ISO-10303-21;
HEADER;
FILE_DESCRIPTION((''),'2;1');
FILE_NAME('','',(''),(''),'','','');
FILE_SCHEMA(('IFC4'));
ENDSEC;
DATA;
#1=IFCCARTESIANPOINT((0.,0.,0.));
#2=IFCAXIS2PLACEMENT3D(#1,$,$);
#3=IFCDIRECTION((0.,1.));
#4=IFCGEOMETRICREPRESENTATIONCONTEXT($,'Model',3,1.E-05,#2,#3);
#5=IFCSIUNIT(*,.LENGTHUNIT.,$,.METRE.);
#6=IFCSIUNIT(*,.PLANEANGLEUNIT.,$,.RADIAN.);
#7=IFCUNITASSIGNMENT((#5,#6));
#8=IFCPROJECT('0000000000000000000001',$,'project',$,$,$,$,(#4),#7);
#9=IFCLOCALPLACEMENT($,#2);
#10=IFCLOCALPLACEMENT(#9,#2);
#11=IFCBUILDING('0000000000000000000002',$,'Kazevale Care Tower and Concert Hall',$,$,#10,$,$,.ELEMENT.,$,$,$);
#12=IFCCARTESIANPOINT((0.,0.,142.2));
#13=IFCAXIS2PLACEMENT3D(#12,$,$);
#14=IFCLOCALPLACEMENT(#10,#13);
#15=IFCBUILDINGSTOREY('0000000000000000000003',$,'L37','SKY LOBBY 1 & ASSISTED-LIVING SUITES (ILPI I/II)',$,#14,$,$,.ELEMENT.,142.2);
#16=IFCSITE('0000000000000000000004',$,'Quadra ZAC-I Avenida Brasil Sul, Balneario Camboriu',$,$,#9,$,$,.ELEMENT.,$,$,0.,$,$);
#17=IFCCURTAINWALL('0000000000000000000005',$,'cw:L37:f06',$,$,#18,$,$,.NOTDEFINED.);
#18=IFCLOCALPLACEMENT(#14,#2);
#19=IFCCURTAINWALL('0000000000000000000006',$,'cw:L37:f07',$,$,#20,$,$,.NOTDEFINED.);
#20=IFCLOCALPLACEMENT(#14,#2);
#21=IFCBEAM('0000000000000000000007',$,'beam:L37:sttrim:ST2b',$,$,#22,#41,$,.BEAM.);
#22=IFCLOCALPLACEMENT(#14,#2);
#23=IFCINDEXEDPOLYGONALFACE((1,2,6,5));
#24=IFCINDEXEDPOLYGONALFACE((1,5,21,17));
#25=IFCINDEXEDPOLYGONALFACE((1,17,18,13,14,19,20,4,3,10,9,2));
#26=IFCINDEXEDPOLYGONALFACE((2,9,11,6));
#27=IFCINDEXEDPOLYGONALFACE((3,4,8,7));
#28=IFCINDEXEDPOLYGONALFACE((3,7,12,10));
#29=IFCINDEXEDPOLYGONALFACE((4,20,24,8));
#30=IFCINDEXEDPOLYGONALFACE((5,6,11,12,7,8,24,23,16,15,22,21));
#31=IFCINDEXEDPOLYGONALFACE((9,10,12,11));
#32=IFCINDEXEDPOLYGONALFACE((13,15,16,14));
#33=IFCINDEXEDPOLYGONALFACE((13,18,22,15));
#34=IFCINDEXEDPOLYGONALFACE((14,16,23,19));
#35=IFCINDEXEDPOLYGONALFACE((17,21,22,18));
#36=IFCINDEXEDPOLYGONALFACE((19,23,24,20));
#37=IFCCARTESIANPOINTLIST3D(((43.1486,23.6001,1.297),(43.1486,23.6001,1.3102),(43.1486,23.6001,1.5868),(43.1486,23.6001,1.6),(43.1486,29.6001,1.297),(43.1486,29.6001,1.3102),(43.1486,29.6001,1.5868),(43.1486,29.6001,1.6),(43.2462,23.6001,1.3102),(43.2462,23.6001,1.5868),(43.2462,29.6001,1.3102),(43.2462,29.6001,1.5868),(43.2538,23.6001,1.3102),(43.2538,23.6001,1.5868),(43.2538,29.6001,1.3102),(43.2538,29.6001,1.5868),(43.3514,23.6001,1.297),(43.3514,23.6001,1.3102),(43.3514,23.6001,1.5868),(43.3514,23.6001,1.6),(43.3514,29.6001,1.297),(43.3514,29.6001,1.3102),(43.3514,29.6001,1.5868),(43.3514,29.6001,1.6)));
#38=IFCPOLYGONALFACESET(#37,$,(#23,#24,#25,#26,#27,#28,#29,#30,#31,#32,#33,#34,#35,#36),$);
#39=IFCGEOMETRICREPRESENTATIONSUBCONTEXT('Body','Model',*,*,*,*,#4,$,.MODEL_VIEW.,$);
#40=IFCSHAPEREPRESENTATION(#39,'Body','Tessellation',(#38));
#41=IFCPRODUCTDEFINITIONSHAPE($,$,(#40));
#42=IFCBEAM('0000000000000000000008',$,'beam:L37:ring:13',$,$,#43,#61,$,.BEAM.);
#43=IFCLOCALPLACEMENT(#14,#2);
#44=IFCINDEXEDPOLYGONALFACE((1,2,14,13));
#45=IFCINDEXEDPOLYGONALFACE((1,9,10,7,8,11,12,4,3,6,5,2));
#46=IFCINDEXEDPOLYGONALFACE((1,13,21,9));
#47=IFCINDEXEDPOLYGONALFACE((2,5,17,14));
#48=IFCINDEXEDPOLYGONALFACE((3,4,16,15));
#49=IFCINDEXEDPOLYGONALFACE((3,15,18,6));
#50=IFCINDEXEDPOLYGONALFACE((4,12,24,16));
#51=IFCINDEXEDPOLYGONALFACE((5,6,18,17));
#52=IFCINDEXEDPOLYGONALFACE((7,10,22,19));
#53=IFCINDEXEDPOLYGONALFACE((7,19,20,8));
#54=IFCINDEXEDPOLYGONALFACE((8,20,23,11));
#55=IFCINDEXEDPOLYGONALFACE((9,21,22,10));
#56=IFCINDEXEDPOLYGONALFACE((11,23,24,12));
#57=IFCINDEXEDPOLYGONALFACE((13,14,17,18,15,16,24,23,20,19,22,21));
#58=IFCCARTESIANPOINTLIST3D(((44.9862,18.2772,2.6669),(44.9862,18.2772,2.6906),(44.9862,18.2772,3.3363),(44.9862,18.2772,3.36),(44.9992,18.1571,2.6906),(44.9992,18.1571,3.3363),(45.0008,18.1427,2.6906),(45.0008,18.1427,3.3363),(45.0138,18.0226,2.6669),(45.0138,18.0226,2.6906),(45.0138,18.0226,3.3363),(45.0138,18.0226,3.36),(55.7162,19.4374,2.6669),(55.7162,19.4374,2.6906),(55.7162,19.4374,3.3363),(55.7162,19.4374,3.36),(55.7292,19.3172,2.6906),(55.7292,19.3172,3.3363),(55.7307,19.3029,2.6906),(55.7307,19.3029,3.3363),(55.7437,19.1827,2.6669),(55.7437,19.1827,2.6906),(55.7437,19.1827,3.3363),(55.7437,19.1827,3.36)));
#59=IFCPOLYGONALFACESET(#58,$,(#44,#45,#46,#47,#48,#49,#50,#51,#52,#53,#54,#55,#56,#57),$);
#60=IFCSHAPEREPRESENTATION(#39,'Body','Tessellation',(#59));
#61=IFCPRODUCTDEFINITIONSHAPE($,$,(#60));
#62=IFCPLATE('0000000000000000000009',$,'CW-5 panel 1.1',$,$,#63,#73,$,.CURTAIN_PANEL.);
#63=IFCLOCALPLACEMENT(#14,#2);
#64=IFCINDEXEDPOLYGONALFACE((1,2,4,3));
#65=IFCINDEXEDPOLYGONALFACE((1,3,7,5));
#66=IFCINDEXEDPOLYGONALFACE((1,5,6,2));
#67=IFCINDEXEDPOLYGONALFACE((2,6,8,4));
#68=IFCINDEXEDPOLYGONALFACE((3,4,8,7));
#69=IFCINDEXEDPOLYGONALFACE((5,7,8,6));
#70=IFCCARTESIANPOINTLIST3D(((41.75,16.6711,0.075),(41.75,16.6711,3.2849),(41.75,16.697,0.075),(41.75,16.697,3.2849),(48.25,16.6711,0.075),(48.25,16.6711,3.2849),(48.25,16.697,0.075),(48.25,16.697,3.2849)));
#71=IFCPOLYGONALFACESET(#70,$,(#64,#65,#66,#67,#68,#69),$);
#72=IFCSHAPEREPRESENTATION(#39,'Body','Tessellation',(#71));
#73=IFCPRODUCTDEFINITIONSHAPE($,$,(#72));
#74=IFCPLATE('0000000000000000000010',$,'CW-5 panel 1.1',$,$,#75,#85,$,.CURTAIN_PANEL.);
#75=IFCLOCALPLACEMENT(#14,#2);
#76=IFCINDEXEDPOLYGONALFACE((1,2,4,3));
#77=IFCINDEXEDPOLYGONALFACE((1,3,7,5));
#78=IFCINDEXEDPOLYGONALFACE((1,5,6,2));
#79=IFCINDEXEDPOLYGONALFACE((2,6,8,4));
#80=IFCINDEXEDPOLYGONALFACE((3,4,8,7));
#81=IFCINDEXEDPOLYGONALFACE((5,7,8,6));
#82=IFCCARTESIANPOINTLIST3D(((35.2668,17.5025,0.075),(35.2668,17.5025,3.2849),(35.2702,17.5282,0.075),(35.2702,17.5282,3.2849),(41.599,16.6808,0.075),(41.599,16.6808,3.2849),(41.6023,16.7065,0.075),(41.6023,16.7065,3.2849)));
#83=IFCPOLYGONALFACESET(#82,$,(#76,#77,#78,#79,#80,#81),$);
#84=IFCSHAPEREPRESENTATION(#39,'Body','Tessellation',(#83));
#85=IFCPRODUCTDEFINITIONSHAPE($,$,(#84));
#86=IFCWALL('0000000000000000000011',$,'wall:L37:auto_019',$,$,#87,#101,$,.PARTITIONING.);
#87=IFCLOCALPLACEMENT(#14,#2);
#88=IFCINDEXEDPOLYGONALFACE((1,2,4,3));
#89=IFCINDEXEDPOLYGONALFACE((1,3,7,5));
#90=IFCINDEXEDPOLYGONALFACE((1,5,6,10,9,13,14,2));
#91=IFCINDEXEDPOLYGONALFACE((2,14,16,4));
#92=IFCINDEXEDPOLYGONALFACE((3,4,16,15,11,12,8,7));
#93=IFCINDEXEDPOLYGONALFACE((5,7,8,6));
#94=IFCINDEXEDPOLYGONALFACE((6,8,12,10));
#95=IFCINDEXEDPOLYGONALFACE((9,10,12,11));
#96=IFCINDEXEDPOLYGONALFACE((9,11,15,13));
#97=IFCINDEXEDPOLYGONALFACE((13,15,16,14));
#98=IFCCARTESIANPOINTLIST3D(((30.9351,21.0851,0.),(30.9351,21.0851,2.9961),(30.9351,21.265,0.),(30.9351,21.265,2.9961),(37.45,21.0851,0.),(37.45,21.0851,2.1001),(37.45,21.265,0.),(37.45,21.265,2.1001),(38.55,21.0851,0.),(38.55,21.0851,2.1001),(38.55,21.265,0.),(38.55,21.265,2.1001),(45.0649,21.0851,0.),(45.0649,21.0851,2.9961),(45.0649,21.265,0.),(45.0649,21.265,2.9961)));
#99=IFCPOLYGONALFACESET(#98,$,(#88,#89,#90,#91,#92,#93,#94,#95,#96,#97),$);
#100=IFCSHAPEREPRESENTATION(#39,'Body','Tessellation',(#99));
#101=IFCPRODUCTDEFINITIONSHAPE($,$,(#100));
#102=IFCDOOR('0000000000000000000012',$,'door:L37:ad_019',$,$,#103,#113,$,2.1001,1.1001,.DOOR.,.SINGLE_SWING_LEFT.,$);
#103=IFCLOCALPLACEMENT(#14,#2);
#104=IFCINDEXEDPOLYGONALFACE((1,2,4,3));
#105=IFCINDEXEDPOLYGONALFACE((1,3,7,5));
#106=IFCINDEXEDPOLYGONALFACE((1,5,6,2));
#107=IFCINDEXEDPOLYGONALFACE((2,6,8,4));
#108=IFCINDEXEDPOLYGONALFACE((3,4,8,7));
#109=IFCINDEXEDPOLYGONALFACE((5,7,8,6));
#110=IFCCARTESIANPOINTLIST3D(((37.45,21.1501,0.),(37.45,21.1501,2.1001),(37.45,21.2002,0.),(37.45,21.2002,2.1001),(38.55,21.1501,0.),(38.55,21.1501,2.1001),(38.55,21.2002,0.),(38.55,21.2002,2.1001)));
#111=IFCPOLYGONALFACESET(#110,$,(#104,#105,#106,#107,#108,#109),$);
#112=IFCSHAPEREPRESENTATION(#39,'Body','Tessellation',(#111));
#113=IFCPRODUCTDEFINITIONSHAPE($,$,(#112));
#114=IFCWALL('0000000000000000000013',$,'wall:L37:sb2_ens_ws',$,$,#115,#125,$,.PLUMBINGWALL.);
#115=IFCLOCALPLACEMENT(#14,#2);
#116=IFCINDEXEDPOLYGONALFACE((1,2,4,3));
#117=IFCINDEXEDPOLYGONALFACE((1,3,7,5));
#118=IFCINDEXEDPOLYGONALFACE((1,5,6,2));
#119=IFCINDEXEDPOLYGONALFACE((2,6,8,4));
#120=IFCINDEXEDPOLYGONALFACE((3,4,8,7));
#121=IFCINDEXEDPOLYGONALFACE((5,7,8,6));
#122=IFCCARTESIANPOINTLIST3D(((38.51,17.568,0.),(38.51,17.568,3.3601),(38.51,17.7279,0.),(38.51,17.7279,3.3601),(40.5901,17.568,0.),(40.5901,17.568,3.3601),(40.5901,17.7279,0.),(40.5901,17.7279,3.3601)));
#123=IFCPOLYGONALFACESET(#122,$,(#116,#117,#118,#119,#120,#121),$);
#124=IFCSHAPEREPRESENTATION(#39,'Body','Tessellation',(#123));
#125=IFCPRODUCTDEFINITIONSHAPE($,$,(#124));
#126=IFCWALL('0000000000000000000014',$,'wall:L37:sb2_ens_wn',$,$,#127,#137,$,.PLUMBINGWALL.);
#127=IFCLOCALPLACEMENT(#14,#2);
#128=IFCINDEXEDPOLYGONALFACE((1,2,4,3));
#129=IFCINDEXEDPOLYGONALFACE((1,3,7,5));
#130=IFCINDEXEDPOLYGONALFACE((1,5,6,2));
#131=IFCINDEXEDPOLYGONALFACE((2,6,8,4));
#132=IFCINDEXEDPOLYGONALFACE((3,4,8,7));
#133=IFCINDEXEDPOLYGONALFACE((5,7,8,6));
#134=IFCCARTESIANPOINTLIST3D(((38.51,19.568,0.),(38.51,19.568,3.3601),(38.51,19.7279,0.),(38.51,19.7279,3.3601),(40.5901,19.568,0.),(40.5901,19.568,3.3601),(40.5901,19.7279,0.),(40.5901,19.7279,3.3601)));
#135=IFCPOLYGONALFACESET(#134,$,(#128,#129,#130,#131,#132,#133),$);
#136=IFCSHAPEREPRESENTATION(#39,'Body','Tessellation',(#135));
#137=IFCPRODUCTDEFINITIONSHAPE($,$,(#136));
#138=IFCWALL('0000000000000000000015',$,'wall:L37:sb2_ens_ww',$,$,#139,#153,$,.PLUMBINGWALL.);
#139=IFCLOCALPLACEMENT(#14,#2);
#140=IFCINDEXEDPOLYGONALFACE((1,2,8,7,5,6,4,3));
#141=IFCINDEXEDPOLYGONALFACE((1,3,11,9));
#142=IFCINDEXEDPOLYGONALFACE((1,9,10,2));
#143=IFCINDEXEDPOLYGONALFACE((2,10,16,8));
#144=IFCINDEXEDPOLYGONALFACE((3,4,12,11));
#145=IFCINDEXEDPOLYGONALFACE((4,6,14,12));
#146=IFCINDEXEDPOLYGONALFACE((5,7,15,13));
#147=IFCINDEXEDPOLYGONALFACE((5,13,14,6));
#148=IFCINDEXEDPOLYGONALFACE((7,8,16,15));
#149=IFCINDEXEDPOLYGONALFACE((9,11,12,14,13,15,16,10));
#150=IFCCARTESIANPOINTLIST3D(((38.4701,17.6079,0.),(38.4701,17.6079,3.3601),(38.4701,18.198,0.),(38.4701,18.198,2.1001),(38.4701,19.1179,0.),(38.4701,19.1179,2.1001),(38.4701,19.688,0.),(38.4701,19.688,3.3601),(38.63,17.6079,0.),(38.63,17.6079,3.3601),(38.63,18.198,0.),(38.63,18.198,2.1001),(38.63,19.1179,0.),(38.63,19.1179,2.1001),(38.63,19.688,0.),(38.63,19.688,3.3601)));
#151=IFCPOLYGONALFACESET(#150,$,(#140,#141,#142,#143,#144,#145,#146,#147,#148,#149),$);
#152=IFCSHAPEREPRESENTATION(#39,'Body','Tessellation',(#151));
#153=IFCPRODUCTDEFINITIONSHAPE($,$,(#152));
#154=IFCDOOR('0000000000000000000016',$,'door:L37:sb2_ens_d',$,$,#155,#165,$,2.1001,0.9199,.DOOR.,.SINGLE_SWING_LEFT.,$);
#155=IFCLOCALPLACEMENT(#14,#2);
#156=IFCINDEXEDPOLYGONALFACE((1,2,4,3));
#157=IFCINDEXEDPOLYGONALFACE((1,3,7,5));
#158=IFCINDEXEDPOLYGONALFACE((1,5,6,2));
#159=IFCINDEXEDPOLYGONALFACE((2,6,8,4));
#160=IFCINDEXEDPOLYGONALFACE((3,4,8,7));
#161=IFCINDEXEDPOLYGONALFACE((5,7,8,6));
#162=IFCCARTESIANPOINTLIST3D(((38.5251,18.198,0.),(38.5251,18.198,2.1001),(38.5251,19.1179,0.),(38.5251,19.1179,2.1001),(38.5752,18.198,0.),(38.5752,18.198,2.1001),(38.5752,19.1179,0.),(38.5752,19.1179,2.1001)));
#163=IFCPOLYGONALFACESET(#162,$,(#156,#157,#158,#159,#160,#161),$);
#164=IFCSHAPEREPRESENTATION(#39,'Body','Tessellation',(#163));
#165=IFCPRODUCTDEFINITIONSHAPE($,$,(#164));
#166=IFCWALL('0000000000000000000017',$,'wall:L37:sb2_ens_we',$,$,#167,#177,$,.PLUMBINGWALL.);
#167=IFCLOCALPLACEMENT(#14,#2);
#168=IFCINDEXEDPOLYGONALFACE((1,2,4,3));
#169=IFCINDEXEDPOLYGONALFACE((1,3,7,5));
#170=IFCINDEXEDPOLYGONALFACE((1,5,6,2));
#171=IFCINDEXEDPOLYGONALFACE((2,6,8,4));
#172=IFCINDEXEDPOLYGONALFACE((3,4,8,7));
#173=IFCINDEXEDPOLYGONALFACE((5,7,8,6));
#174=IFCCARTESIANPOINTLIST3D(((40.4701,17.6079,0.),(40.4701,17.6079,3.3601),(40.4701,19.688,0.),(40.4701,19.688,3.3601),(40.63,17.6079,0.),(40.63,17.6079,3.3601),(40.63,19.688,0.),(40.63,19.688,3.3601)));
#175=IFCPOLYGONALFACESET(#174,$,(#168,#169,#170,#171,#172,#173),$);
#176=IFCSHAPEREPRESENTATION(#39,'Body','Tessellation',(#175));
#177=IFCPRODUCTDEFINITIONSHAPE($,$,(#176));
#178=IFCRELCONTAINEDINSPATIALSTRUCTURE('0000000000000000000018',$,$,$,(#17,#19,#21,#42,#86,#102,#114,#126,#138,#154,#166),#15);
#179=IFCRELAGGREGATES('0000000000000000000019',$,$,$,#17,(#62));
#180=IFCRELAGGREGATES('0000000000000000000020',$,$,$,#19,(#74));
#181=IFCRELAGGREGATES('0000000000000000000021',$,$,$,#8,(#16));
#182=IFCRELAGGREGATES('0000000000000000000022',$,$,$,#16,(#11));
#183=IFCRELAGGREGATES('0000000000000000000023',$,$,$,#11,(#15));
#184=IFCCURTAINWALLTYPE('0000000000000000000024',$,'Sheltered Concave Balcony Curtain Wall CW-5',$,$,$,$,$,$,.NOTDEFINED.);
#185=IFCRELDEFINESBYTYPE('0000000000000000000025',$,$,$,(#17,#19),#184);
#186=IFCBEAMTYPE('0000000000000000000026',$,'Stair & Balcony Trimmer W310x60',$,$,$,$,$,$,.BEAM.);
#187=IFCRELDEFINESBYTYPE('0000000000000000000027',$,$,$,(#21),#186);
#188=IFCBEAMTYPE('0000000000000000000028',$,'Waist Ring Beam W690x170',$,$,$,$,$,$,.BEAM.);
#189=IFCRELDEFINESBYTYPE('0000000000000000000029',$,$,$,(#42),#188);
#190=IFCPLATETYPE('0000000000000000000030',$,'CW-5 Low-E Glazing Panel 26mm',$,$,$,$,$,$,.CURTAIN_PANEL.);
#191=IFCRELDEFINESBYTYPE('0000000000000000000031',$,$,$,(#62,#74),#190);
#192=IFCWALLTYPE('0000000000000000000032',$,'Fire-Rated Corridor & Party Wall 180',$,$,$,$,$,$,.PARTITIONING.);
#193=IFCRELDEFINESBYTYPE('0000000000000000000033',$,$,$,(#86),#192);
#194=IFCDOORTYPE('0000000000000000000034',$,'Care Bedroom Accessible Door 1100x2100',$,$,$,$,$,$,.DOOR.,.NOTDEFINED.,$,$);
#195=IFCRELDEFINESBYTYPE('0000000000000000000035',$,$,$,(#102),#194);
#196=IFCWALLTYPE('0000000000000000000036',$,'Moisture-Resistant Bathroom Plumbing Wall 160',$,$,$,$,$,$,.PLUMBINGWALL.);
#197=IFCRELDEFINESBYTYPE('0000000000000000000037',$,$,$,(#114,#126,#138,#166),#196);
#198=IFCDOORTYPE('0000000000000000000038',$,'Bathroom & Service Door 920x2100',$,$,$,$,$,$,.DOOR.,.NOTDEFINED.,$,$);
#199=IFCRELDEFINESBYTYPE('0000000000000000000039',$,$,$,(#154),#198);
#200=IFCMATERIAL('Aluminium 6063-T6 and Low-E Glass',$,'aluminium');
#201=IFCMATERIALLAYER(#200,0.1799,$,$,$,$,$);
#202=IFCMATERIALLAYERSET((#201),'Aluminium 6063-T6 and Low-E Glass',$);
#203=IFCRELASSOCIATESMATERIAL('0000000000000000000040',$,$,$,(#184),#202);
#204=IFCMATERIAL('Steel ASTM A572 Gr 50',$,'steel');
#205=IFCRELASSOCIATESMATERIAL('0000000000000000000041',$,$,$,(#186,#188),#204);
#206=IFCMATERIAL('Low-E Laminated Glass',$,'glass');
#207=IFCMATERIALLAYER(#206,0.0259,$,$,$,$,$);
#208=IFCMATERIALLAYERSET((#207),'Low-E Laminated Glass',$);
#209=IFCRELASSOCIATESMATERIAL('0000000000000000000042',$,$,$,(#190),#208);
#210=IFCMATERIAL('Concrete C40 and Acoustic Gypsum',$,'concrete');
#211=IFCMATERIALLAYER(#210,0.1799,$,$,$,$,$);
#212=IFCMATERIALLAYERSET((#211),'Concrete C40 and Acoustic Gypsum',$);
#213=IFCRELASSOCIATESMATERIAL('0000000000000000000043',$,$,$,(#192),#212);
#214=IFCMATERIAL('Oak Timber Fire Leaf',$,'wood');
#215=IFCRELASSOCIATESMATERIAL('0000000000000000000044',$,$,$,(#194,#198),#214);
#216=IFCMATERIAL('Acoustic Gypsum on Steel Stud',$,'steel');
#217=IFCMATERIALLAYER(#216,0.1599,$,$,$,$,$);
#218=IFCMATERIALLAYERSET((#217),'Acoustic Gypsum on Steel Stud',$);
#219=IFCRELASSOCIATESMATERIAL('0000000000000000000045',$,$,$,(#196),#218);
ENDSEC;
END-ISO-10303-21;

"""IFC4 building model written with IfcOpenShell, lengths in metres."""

from ifc_helpers import new_model, si_unit, direction, frame, frame_2d, origin, origin_2d, place, context, subcontext, project, spatial, rectangle, i_section, extrude, material, layer, layer_set, material_profile, profile_set, type_object, element, fill, aggregate, save


model = new_model("IFC4")

# Units and contexts
model_context = context("Model", 3, precision=1e-05, world=origin(), true_north=direction((0.0, 1.0)))
body_context = subcontext(model_context, "Body", "Model", "MODEL_VIEW")
ifc_project = project(units=[si_unit("LENGTHUNIT", "METRE"), si_unit("PLANEANGLEUNIT", "RADIAN")], contexts=[model_context])

# Site, building, storey
site_placement = place(None, origin())
site = spatial("IfcSite", under=ifc_project, at=site_placement, Name="Quadra ZAC-I Avenida Brasil Sul, Balneario Camboriu", CompositionType="ELEMENT", RefElevation=0.0)
building_placement = place(site_placement, origin())
building = spatial("IfcBuilding", under=site, at=building_placement, Name="Kazevale Care Tower and Concert Hall", CompositionType="ELEMENT")
storey_placement = place(building_placement, frame((0.0, 0.0, 142.2)))
storey = spatial("IfcBuildingStorey", under=building, at=storey_placement, Name="L37", Description="SKY LOBBY 1 & ASSISTED-LIVING SUITES (ILPI I/II)", CompositionType="ELEMENT", Elevation=142.2)

# Curtain wall
ifc_material_1 = material(Name="Aluminium 6063-T6 and Low-E Glass", Category="aluminium")
ifc_layer_1 = layer(ifc_material_1, 0.1799)
ifc_layer_set_1 = layer_set([ifc_layer_1], Name="Aluminium 6063-T6 and Low-E Glass")
curtain_wall_type = type_object("IfcCurtainWallType", Name="Sheltered Concave Balcony Curtain Wall CW-5", PredefinedType="NOTDEFINED", material=ifc_layer_set_1)
curtain_wall_1_placement = place(storey_placement, origin())
curtain_wall_1 = element("IfcCurtainWall", 1, at=curtain_wall_1_placement, inside=storey, type_object=curtain_wall_type, Name="cw:L37:f06", PredefinedType="NOTDEFINED")

# Curtain wall
curtain_wall_2_placement = place(storey_placement, origin())
curtain_wall_2 = element("IfcCurtainWall", 2, at=curtain_wall_2_placement, inside=storey, type_object=curtain_wall_type, Name="cw:L37:f07", PredefinedType="NOTDEFINED")

# Beams
ifc_material_2 = material(Name="Steel ASTM A572 Gr 50", Category="steel")
ifc_material_profile_1 = material_profile(ifc_material_2, i_section(OverallWidth=0.2029, OverallDepth=0.303, WebThickness=0.0076, FlangeThickness=0.0132, at=origin_2d()), Name="W310x60")
ifc_profile_set_1 = profile_set([ifc_material_profile_1], Name="Steel ASTM A572 Gr 50")
beam_type_1 = type_object("IfcBeamType", Name="Stair & Balcony Trimmer W310x60", PredefinedType="BEAM", material=ifc_profile_set_1)
for number, where, z_axis, x_axis, name in (
    (3, (43.25, 23.6001, 1.4485), (0.0, 1.0, 0.0), (-1.0, 0.0, 0.0), "beam:L37:sttrim:ST2b"),
):
    element("IfcBeam", number, at=place(storey_placement, frame(where, z_axis=z_axis, x_axis=x_axis)), inside=storey, type_object=beam_type_1, Name=name, PredefinedType="BEAM", context=body_context, shape_type="SweptSolid", body=[
        extrude(i_section(OverallWidth=0.2029, OverallDepth=0.303, WebThickness=0.0076, FlangeThickness=0.0132, at=origin_2d()), origin(), (0.0, 0.0, 1.0), 6.0),
    ])
ifc_material_profile_2 = material_profile(ifc_material_2, i_section(OverallWidth=0.2561, OverallDepth=0.6931, WebThickness=0.0144, FlangeThickness=0.0237, at=origin_2d()), Name="W690x170")
ifc_profile_set_2 = profile_set([ifc_material_profile_2], Name="Steel ASTM A572 Gr 50")
beam_type_2 = type_object("IfcBeamType", Name="Waist Ring Beam W690x170", PredefinedType="BEAM", material=ifc_profile_set_2)
beam_1_placement = place(storey_placement, frame((45.0, 18.1499, 3.0134), z_axis=(0.994205, 0.107496, 0.0), x_axis=(-0.107496, 0.994205, 0.0)))
element("IfcBeam", 4, at=beam_1_placement, inside=storey, type_object=beam_type_2, Name="beam:L37:ring:13", PredefinedType="BEAM", context=body_context, shape_type="SweptSolid", body=[
    extrude(i_section(OverallWidth=0.2561, OverallDepth=0.6931, WebThickness=0.0144, FlangeThickness=0.0237, at=origin_2d()), origin(), (0.0, 0.0, 1.0), 10.7925),
])

# Plates
ifc_material_3 = material(Name="Low-E Laminated Glass", Category="glass")
ifc_layer_2 = layer(ifc_material_3, 0.0259)
ifc_layer_set_2 = layer_set([ifc_layer_2], Name="Low-E Laminated Glass")
plate_type = type_object("IfcPlateType", Name="CW-5 Low-E Glazing Panel 26mm", PredefinedType="CURTAIN_PANEL", material=ifc_layer_set_2)
plate_1_placement = place(storey_placement, frame((45.0, 16.6841, 0.075), z_axis=(0.0, 0.0, 1.0), x_axis=(-1.0, 0.0, 0.0)))
plate_1 = element("IfcPlate", 5, at=plate_1_placement, type_object=plate_type, Name="CW-5 panel 1.1", PredefinedType="CURTAIN_PANEL", context=body_context, shape_type="SweptSolid", body=[
    extrude(rectangle(XDim=6.5, YDim=0.0259, at=origin_2d()), origin(), (0.0, 0.0, 1.0), 3.21),
])
aggregate(curtain_wall_1, [plate_1])
plate_2_placement = place(storey_placement, frame((38.4346, 17.1045, 0.075), z_axis=(0.0, 0.0, 1.0), x_axis=(-0.991686, 0.128685, 0.0)))
plate_2 = element("IfcPlate", 6, at=plate_2_placement, type_object=plate_type, Name="CW-5 panel 1.1", PredefinedType="CURTAIN_PANEL", context=body_context, shape_type="SweptSolid", body=[
    extrude(rectangle(XDim=6.3853, YDim=0.0259, at=origin_2d()), origin(), (0.0, 0.0, 1.0), 3.21),
])
aggregate(curtain_wall_2, [plate_2])

# Wall, opening, door
ifc_material_4 = material(Name="Concrete C40 and Acoustic Gypsum", Category="concrete")
ifc_layer_3 = layer(ifc_material_4, 0.1799)
ifc_layer_set_3 = layer_set([ifc_layer_3], Name="Concrete C40 and Acoustic Gypsum")
wall_type_1 = type_object("IfcWallType", Name="Fire-Rated Corridor & Party Wall 180", PredefinedType="PARTITIONING", material=ifc_layer_set_3)
wall_1_placement = place(storey_placement, frame((45.0649, 21.175, 0.0), z_axis=(0.0, 0.0, 1.0), x_axis=(-1.0, 0.0, 0.0)))
wall_1 = element("IfcWall", 7, at=wall_1_placement, inside=storey, type_object=wall_type_1, Name="wall:L37:auto_019", PredefinedType="PARTITIONING", context=body_context, shape_type="SweptSolid", body=[
    extrude(rectangle(XDim=14.1299, YDim=0.1799, at=frame_2d((7.0649, 0.0))), origin(), (0.0, 0.0, 1.0), 2.9961),
])
opening_1_placement = place(wall_1_placement, frame((6.5149, 0.0, 0.0)))
opening_1 = element("IfcOpeningElement", 8, at=opening_1_placement, cuts=wall_1, PredefinedType="OPENING", context=body_context, shape_type="SweptSolid", body=[
    extrude(rectangle(XDim=1.1001, YDim=2.1001, at=frame_2d((0.55, 1.05))), frame((0.0, 0.0999, 0.0), z_axis=(0.0, -1.0, 0.0), x_axis=(1.0, 0.0, 0.0)), (0.0, 0.0, 1.0), 0.2),
])
ifc_material_5 = material(Name="Oak Timber Fire Leaf", Category="wood")
door_type_1 = type_object("IfcDoorType", Name="Care Bedroom Accessible Door 1100x2100", OperationType="NOTDEFINED", PredefinedType="DOOR", material=ifc_material_5)
door_1_placement = place(opening_1_placement, origin())
door_1 = element("IfcDoor", 9, at=door_1_placement, inside=storey, type_object=door_type_1, Name="door:L37:ad_019", OperationType="SINGLE_SWING_LEFT", OverallHeight=2.1001, OverallWidth=1.1001, PredefinedType="DOOR", context=body_context, shape_type="SweptSolid", body=[
    extrude(rectangle(XDim=1.1001, YDim=2.1001, at=frame_2d((0.55, 1.05))), frame((0.0, 0.0249, 0.0), z_axis=(0.0, -1.0, 0.0), x_axis=(1.0, 0.0, 0.0)), (0.0, 0.0, 1.0), 0.05),
])
fill(opening_1, door_1)

# Walls
ifc_material_6 = material(Name="Acoustic Gypsum on Steel Stud", Category="steel")
ifc_layer_4 = layer(ifc_material_6, 0.1599)
ifc_layer_set_4 = layer_set([ifc_layer_4], Name="Acoustic Gypsum on Steel Stud")
wall_type_2 = type_object("IfcWallType", Name="Moisture-Resistant Bathroom Plumbing Wall 160", PredefinedType="PLUMBINGWALL", material=ifc_layer_set_4)
for number, where, z_axis, x_axis, name in (
    (10, (38.51, 17.6479, 0.0), (0.0, 0.0, 1.0), (1.0, 0.0, 0.0), "wall:L37:sb2_ens_ws"),
    (11, (38.51, 19.6479, 0.0), (0.0, 0.0, 1.0), (1.0, 0.0, 0.0), "wall:L37:sb2_ens_wn"),
):
    element("IfcWall", number, at=place(storey_placement, frame(where, z_axis=z_axis, x_axis=x_axis)), inside=storey, type_object=wall_type_2, Name=name, PredefinedType="PLUMBINGWALL", context=body_context, shape_type="SweptSolid", body=[
        extrude(rectangle(XDim=2.0801, YDim=0.1599, at=frame_2d((1.04, 0.0))), origin(), (0.0, 0.0, 1.0), 3.3601),
    ])

# Wall, opening, door
wall_2_placement = place(storey_placement, frame((38.55, 17.6079, 0.0), z_axis=(0.0, 0.0, 1.0), x_axis=(0.0, 1.0, 0.0)))
wall_2 = element("IfcWall", 12, at=wall_2_placement, inside=storey, type_object=wall_type_2, Name="wall:L37:sb2_ens_ww", PredefinedType="PLUMBINGWALL", context=body_context, shape_type="SweptSolid", body=[
    extrude(rectangle(XDim=2.0801, YDim=0.1599, at=frame_2d((1.04, 0.0))), origin(), (0.0, 0.0, 1.0), 3.3601),
])
opening_2_placement = place(wall_2_placement, frame((0.5901, 0.0, 0.0)))
opening_2 = element("IfcOpeningElement", 13, at=opening_2_placement, cuts=wall_2, PredefinedType="OPENING", context=body_context, shape_type="SweptSolid", body=[
    extrude(rectangle(XDim=0.9199, YDim=2.1001, at=frame_2d((0.46, 1.05))), frame((0.0, 0.0898, 0.0), z_axis=(0.0, -1.0, 0.0), x_axis=(1.0, 0.0, 0.0)), (0.0, 0.0, 1.0), 0.1799),
])
door_type_2 = type_object("IfcDoorType", Name="Bathroom & Service Door 920x2100", OperationType="NOTDEFINED", PredefinedType="DOOR", material=ifc_material_5)
door_2_placement = place(opening_2_placement, origin())
door_2 = element("IfcDoor", 14, at=door_2_placement, inside=storey, type_object=door_type_2, Name="door:L37:sb2_ens_d", OperationType="SINGLE_SWING_LEFT", OverallHeight=2.1001, OverallWidth=0.9199, PredefinedType="DOOR", context=body_context, shape_type="SweptSolid", body=[
    extrude(rectangle(XDim=0.9199, YDim=2.1001, at=frame_2d((0.46, 1.05))), frame((0.0, 0.0249, 0.0), z_axis=(0.0, -1.0, 0.0), x_axis=(1.0, 0.0, 0.0)), (0.0, 0.0, 1.0), 0.05),
])
fill(opening_2, door_2)

# Wall
wall_3_placement = place(storey_placement, frame((40.55, 17.6079, 0.0), z_axis=(0.0, 0.0, 1.0), x_axis=(0.0, 1.0, 0.0)))
element("IfcWall", 15, at=wall_3_placement, inside=storey, type_object=wall_type_2, Name="wall:L37:sb2_ens_we", PredefinedType="PLUMBINGWALL", context=body_context, shape_type="SweptSolid", body=[
    extrude(rectangle(XDim=2.0801, YDim=0.1599, at=frame_2d((1.04, 0.0))), origin(), (0.0, 0.0, 1.0), 3.3601),
])

save(model, "model.ifc")
